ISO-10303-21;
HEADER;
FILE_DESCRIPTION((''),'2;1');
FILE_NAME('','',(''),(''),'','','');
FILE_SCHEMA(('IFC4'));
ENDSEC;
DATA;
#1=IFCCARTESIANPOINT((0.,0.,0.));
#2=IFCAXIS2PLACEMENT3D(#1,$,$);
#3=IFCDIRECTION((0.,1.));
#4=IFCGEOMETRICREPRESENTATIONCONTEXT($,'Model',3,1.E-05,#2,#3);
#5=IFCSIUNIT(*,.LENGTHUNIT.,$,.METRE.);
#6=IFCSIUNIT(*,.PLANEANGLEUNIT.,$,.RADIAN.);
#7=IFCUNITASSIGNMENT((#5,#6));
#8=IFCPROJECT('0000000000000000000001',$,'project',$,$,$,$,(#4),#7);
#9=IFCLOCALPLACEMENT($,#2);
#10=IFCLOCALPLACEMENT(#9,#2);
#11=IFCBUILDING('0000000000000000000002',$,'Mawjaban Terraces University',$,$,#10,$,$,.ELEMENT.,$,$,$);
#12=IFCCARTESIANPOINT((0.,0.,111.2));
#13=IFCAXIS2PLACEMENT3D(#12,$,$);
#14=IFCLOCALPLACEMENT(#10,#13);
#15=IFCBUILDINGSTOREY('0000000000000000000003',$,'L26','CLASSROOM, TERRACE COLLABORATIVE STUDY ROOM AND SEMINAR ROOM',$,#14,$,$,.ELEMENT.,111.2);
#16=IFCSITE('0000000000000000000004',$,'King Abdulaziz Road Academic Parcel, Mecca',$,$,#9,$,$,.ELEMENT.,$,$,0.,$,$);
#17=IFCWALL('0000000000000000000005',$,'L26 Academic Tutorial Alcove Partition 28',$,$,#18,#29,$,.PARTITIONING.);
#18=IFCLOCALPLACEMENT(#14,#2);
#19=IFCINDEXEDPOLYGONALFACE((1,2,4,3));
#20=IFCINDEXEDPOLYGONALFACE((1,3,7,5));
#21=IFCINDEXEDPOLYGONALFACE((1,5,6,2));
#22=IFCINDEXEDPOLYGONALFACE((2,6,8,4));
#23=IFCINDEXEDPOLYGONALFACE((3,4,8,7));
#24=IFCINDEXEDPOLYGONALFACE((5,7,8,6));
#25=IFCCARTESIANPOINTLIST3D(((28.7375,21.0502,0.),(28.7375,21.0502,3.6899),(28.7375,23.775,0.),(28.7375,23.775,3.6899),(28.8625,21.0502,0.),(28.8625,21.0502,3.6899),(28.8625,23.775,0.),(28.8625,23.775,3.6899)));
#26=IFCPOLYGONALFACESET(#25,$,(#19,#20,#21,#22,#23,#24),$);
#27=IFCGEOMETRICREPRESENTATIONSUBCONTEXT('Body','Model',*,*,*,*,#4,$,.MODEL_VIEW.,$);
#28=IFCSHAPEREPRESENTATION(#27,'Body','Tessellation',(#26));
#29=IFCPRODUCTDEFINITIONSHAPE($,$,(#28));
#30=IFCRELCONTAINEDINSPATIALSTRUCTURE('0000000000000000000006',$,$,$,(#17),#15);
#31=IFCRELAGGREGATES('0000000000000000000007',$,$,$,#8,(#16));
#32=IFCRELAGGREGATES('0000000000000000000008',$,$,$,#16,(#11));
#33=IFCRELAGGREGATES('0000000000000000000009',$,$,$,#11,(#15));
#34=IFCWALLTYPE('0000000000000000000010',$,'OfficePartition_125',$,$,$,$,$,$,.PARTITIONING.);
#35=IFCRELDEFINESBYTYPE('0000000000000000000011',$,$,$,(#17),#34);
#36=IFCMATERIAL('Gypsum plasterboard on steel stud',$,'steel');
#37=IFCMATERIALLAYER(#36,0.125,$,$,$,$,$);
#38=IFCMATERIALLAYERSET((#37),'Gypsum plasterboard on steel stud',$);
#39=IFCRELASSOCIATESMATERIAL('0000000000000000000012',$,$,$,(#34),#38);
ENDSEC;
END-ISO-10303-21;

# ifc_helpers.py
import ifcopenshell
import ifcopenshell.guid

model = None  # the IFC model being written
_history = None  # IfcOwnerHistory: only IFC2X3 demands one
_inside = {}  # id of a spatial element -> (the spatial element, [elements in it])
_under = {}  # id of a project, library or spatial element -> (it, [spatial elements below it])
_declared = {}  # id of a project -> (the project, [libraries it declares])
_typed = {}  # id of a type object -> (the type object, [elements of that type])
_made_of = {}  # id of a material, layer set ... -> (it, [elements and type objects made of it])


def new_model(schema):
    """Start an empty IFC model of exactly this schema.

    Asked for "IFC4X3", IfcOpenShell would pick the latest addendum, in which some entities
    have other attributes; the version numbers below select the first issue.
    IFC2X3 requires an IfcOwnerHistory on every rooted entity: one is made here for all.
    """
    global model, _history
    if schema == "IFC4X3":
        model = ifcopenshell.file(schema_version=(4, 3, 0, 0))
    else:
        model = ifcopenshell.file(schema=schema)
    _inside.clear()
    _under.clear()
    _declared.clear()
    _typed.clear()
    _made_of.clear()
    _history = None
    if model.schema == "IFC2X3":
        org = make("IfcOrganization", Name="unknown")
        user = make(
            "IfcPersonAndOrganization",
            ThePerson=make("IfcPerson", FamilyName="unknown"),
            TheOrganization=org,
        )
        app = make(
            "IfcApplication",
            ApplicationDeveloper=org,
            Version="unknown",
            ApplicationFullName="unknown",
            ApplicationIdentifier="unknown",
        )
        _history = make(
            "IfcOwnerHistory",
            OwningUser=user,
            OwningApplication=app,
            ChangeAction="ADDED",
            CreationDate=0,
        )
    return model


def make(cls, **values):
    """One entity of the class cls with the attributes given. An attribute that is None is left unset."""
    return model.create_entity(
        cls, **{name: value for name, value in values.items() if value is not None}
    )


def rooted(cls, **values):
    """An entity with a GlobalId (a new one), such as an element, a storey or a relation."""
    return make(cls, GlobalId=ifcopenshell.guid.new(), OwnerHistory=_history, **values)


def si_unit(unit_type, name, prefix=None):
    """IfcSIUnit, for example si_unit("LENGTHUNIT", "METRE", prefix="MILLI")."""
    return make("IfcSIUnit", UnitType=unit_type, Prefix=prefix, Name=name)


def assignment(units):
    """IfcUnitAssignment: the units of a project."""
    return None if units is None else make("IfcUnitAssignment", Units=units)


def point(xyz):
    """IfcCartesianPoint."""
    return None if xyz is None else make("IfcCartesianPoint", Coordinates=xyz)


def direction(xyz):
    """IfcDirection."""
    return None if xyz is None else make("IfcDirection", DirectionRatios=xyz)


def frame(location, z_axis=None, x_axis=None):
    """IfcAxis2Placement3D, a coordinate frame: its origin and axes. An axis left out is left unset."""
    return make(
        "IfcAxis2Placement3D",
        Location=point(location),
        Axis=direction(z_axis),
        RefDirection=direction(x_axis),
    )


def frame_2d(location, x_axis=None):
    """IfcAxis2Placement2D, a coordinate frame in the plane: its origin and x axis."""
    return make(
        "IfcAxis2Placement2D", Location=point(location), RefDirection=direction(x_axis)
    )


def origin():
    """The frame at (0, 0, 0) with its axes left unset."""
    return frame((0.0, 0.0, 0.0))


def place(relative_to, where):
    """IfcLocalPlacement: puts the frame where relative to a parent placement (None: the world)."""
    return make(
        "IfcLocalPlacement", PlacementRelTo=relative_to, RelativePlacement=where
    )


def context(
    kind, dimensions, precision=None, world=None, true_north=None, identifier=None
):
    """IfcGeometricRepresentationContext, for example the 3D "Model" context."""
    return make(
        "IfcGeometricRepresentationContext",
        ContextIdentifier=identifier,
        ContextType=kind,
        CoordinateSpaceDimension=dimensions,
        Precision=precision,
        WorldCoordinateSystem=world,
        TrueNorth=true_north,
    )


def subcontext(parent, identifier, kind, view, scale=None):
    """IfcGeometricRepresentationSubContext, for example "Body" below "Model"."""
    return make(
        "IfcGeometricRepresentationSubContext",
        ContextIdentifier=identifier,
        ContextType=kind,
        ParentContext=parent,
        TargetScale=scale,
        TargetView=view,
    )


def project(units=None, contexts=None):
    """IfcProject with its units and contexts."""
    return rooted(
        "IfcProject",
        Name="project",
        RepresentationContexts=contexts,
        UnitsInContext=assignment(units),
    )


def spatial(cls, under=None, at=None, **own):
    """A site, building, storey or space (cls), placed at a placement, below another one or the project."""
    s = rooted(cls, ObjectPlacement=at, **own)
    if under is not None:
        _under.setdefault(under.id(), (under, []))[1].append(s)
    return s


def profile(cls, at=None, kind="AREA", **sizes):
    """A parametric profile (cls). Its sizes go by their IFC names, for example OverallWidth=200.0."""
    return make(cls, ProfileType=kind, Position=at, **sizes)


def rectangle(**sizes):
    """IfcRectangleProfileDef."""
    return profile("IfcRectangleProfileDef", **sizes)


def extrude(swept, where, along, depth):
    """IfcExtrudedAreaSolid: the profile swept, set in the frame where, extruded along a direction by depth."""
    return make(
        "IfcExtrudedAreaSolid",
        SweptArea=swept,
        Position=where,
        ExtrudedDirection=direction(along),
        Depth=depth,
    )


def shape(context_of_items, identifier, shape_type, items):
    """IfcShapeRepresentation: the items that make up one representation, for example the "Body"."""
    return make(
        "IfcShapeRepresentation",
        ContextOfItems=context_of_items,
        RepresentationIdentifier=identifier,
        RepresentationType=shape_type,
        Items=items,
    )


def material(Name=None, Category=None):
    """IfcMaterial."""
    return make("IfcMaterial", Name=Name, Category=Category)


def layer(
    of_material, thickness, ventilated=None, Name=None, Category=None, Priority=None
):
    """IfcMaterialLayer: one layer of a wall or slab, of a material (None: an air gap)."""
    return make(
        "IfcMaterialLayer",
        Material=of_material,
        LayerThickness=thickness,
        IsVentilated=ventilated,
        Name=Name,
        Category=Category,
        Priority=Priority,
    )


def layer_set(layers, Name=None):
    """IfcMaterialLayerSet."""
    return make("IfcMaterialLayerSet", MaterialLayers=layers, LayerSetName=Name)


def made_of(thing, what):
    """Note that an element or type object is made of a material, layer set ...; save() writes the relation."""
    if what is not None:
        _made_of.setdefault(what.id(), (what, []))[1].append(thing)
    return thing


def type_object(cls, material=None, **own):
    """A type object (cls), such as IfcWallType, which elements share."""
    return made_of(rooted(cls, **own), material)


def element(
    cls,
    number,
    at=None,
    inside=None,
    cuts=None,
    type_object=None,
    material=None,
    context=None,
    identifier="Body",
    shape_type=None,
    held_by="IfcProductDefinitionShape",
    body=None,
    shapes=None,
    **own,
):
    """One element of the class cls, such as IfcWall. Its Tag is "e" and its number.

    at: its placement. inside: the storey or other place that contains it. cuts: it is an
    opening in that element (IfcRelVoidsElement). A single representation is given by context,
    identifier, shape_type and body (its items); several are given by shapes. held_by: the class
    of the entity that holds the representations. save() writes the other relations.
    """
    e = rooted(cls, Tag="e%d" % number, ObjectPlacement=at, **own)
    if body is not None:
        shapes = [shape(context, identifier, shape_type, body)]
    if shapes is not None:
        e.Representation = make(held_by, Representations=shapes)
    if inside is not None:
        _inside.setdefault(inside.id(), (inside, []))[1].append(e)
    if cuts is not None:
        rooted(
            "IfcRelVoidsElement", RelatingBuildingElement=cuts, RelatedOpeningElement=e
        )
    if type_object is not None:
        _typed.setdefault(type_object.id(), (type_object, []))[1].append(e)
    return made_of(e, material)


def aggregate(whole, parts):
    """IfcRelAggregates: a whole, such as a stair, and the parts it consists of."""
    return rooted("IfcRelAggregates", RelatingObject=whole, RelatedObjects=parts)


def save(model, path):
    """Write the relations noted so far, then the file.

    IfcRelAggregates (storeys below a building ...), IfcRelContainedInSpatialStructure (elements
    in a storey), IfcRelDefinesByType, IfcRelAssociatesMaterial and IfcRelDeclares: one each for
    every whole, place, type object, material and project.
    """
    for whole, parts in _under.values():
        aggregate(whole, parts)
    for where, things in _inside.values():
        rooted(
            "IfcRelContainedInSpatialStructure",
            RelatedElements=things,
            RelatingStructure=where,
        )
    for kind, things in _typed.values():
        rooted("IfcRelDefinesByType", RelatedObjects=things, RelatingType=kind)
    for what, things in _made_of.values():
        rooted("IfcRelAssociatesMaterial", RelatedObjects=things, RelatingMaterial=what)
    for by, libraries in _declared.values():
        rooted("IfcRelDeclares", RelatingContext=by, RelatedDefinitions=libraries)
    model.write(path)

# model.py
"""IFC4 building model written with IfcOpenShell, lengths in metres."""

from ifc_helpers import new_model, si_unit, direction, frame, frame_2d, origin, place, context, subcontext, project, spatial, rectangle, extrude, material, layer, layer_set, type_object, element, save


model = new_model("IFC4")

# Units and contexts
model_context = context("Model", 3, precision=1e-05, world=origin(), true_north=direction((0.0, 1.0)))
body_context = subcontext(model_context, "Body", "Model", "MODEL_VIEW")
ifc_project = project(units=[si_unit("LENGTHUNIT", "METRE"), si_unit("PLANEANGLEUNIT", "RADIAN")], contexts=[model_context])

# Site, building, storey
site_placement = place(None, origin())
site = spatial("IfcSite", under=ifc_project, at=site_placement, Name="King Abdulaziz Road Academic Parcel, Mecca", CompositionType="ELEMENT", RefElevation=0.0)
building_placement = place(site_placement, origin())
building = spatial("IfcBuilding", under=site, at=building_placement, Name="Mawjaban Terraces University", CompositionType="ELEMENT")
storey_placement = place(building_placement, frame((0.0, 0.0, 111.2)))
storey = spatial("IfcBuildingStorey", under=building, at=storey_placement, Name="L26", Description="CLASSROOM, TERRACE COLLABORATIVE STUDY ROOM AND SEMINAR ROOM", CompositionType="ELEMENT", Elevation=111.2)

# Wall
ifc_material_1 = material(Name="Gypsum plasterboard on steel stud", Category="steel")
ifc_layer_1 = layer(ifc_material_1, 0.125)
ifc_layer_set_1 = layer_set([ifc_layer_1], Name="Gypsum plasterboard on steel stud")
wall_type_1 = type_object("IfcWallType", Name="OfficePartition_125", PredefinedType="PARTITIONING", material=ifc_layer_set_1)
wall_1_placement = place(storey_placement, frame((28.8, 23.7749, 0.0), z_axis=(0.0, 0.0, 1.0), x_axis=(0.0, -1.0, 0.0)))
element("IfcWall", 1, at=wall_1_placement, inside=storey, type_object=wall_type_1, Name="L26 Academic Tutorial Alcove Partition 28", PredefinedType="PARTITIONING", context=body_context, shape_type="SweptSolid", body=[
    extrude(rectangle(XDim=2.7249, YDim=0.125, at=frame_2d((1.3623, 0.0))), origin(), (0.0, 0.0, 1.0), 3.6899),
])

save(model, "model.ifc")
